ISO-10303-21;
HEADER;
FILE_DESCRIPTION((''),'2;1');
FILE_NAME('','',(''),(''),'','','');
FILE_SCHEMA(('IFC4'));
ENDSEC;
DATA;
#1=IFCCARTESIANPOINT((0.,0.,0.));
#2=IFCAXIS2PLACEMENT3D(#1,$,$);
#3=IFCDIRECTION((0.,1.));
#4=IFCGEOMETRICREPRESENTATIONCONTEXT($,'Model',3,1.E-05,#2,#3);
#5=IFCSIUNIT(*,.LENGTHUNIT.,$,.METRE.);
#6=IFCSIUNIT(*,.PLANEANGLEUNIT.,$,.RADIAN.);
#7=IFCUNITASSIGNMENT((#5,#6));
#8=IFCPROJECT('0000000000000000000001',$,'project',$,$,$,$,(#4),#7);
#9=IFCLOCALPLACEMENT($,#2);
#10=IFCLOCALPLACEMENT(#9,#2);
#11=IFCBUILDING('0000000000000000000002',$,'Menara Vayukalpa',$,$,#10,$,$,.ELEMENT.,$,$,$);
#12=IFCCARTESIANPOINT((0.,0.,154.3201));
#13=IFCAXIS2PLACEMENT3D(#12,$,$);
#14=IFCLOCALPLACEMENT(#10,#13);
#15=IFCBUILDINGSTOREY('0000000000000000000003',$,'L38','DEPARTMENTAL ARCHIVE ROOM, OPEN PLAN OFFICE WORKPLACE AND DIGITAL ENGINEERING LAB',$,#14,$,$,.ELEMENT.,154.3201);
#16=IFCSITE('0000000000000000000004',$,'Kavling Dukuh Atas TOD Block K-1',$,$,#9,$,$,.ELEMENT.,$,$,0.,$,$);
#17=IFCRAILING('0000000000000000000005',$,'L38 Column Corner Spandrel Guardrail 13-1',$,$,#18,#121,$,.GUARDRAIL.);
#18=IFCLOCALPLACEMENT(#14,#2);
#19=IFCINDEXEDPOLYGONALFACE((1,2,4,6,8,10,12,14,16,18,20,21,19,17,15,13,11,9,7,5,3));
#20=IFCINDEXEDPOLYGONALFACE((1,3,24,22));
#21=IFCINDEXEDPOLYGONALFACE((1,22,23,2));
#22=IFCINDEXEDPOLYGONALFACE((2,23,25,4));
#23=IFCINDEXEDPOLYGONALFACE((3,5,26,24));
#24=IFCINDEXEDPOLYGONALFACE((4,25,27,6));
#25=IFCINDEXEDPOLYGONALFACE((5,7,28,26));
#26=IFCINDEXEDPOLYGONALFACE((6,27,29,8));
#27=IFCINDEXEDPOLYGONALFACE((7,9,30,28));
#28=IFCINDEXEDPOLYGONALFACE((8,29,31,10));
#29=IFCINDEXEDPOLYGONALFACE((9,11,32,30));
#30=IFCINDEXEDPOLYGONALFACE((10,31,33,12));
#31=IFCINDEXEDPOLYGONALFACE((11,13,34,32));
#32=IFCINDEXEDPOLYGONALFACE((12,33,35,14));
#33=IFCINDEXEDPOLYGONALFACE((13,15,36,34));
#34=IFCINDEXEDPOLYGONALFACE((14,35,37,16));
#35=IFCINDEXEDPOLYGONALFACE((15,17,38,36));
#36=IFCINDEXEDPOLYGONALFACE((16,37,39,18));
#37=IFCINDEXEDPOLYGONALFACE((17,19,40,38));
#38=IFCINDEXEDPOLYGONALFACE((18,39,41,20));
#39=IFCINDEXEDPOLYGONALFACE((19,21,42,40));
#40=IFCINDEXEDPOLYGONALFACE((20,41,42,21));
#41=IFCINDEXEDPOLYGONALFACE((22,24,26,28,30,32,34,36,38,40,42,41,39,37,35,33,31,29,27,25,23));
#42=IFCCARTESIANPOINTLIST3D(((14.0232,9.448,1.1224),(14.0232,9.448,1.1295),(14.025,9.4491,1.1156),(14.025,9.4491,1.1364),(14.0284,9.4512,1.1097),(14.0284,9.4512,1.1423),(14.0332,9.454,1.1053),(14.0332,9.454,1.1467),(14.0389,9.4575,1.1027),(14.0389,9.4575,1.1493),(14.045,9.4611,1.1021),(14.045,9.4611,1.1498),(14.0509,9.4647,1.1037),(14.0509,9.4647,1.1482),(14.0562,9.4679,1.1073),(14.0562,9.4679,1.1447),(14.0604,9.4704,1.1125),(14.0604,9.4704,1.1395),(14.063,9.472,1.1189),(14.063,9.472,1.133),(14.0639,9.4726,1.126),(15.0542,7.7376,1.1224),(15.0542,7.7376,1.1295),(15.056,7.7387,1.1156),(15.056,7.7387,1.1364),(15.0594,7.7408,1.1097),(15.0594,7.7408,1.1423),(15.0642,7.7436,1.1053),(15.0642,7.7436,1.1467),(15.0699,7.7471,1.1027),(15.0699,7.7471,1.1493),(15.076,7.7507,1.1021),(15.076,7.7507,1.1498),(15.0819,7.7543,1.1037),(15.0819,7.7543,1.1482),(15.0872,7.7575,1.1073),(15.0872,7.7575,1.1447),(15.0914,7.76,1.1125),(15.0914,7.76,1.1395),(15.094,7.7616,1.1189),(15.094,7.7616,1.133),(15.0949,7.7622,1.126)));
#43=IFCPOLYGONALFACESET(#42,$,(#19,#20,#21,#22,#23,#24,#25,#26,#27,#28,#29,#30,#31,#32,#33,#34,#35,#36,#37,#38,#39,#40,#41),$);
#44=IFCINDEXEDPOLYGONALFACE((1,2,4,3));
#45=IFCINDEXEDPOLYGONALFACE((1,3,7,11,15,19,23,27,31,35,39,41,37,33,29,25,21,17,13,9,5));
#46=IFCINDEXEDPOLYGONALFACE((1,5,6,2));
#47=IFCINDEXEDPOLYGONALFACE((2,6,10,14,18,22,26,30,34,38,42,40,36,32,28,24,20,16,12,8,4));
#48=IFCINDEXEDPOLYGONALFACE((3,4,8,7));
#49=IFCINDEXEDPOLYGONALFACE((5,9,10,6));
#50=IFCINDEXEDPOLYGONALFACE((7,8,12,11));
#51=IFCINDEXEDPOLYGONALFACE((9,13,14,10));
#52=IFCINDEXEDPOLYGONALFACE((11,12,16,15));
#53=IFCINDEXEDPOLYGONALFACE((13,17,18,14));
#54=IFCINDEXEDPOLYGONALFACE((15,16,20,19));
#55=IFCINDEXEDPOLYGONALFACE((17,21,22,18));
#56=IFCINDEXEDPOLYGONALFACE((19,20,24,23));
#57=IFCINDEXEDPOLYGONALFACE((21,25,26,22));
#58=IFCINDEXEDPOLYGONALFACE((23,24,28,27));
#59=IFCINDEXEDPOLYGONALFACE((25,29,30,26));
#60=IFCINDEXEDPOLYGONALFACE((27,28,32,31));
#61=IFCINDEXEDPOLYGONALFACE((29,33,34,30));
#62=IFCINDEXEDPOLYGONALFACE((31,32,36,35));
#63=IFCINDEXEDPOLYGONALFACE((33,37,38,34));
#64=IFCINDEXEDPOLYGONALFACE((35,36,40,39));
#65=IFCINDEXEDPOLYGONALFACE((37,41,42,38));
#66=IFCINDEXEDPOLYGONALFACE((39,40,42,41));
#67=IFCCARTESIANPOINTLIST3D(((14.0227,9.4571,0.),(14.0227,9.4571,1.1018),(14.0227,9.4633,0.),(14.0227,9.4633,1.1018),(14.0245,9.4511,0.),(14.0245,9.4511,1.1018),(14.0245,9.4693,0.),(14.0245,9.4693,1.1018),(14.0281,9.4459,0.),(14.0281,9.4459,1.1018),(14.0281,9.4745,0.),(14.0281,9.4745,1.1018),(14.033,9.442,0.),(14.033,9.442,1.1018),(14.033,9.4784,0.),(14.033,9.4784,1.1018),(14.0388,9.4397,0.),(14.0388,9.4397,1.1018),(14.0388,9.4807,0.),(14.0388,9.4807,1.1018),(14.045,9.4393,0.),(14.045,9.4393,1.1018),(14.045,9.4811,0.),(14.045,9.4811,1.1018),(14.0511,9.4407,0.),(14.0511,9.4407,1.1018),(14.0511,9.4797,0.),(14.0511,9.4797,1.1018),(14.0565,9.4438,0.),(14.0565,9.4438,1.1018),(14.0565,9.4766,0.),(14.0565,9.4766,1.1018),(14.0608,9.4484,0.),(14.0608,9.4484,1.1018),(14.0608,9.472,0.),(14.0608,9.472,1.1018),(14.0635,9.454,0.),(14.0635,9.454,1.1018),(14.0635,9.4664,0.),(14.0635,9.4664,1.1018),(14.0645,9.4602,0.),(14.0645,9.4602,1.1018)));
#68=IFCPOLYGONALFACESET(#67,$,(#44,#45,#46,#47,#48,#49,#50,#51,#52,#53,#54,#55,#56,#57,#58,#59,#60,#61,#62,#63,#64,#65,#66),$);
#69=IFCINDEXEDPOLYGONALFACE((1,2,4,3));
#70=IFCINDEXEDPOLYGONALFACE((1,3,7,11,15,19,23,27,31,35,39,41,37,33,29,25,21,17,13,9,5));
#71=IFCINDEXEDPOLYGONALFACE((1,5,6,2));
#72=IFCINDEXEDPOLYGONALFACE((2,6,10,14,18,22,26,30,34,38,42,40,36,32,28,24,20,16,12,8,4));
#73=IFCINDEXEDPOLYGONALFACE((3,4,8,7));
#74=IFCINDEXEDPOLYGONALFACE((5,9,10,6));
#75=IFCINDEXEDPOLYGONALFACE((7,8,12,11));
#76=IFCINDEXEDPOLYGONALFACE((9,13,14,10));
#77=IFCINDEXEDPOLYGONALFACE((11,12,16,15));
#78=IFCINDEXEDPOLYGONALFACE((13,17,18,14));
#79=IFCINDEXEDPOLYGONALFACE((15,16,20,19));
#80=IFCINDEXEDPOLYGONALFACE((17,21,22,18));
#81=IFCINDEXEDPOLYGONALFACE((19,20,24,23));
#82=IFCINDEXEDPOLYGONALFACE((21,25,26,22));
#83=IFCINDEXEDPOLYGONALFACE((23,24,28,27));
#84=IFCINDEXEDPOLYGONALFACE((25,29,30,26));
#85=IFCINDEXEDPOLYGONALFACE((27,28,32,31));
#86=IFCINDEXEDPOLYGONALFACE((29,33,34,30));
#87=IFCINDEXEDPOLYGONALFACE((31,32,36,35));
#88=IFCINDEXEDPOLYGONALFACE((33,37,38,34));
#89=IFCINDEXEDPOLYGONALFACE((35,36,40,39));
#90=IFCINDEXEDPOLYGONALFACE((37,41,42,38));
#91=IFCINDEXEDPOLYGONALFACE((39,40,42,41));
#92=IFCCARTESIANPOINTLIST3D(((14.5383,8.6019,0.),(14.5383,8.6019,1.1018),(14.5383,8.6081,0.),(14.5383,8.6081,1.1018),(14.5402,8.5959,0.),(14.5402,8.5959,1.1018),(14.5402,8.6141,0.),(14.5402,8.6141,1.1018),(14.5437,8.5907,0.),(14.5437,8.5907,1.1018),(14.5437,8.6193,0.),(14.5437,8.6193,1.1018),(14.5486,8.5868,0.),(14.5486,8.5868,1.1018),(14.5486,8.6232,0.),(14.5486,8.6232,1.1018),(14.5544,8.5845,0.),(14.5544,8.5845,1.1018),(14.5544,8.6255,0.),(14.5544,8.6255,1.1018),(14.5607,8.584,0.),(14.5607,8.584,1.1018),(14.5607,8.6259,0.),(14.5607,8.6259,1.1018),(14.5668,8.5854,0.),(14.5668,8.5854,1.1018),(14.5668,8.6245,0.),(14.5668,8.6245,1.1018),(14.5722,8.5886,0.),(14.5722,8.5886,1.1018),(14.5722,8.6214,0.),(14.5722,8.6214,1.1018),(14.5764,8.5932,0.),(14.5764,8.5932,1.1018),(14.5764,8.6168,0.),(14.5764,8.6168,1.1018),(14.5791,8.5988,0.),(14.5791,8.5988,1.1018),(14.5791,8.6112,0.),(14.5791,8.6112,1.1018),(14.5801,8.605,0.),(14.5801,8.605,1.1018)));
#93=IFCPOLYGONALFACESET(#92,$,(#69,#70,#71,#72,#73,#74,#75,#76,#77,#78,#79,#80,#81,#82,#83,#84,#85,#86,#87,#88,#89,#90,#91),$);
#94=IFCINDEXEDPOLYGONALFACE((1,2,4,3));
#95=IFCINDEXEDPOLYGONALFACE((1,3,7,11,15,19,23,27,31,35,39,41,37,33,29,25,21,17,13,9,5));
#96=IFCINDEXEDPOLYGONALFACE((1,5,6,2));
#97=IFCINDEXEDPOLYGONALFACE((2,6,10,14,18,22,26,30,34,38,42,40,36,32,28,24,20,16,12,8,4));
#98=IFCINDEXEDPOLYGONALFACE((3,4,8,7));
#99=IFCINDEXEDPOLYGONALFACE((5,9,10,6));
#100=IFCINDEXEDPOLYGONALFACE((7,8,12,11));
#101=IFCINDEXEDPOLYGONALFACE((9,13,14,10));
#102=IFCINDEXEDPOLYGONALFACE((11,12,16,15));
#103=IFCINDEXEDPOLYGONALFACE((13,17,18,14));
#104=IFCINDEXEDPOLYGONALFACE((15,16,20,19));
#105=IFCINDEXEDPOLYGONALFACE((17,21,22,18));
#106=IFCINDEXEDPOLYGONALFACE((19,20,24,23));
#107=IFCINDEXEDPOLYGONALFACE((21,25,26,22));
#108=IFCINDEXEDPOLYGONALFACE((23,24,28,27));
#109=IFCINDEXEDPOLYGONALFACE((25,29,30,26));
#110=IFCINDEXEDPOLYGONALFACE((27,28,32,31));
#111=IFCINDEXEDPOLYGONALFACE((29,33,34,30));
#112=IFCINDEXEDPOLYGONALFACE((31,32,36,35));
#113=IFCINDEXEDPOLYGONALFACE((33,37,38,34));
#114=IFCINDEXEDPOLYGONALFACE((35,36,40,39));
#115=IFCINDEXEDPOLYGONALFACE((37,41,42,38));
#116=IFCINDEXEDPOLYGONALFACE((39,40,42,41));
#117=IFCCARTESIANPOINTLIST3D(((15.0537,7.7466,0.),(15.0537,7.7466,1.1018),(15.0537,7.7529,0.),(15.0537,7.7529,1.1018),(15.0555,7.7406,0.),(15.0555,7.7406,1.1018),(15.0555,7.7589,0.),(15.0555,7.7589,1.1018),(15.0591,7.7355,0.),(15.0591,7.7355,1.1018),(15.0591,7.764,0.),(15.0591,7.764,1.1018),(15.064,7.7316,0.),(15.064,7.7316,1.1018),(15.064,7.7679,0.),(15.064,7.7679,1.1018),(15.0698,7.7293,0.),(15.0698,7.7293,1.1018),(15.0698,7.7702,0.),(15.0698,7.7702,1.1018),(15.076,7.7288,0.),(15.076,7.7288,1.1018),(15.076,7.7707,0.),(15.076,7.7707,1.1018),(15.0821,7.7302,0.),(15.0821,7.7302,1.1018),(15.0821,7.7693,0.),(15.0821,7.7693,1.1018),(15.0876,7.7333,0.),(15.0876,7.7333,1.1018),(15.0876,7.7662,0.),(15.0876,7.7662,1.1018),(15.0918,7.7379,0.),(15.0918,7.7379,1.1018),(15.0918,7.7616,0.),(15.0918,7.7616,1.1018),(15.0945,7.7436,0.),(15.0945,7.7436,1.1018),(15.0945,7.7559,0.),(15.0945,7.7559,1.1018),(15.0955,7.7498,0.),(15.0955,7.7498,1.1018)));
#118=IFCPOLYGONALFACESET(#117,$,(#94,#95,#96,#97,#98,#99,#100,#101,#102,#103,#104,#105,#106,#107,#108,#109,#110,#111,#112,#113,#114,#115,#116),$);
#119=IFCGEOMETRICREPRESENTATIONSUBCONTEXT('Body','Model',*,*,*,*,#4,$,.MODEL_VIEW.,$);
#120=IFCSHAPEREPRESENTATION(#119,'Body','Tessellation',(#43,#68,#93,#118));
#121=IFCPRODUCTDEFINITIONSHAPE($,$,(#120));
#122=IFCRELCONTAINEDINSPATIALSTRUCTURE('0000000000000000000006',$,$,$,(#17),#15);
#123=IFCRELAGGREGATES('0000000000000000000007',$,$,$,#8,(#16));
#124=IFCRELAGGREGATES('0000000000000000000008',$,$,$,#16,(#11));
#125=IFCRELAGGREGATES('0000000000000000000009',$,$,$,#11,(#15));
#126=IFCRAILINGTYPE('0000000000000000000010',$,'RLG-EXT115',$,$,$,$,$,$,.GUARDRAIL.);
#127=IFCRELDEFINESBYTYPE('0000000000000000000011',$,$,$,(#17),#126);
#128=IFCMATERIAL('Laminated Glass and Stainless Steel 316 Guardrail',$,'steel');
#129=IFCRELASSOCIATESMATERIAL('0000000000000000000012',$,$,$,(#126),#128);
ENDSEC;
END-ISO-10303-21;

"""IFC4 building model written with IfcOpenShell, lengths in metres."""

from ifc_helpers import new_model, si_unit, direction, frame, origin, origin_2d, place, context, subcontext, project, spatial, circle, extrude, material, type_object, element, save


model = new_model("IFC4")

# Units and contexts
model_context = context("Model", 3, precision=1e-05, world=origin(), true_north=direction((0.0, 1.0)))
body_context = subcontext(model_context, "Body", "Model", "MODEL_VIEW")
ifc_project = project(units=[si_unit("LENGTHUNIT", "METRE"), si_unit("PLANEANGLEUNIT", "RADIAN")], contexts=[model_context])

# Site, building, storey
site_placement = place(None, origin())
site = spatial("IfcSite", under=ifc_project, at=site_placement, Name="Kavling Dukuh Atas TOD Block K-1", CompositionType="ELEMENT", RefElevation=0.0)
building_placement = place(site_placement, origin())
building = spatial("IfcBuilding", under=site, at=building_placement, Name="Menara Vayukalpa", CompositionType="ELEMENT")
storey_placement = place(building_placement, frame((0.0, 0.0, 154.3201)))
storey = spatial("IfcBuildingStorey", under=building, at=storey_placement, Name="L38", Description="DEPARTMENTAL ARCHIVE ROOM, OPEN PLAN OFFICE WORKPLACE AND DIGITAL ENGINEERING LAB", CompositionType="ELEMENT", Elevation=154.3201)

# Railing
ifc_material_1 = material(Name="Laminated Glass and Stainless Steel 316 Guardrail", Category="steel")
railing_type = type_object("IfcRailingType", Name="RLG-EXT115", PredefinedType="GUARDRAIL", material=ifc_material_1)
railing_1_placement = place(storey_placement, frame((14.0435, 9.4602, 0.0)))
element("IfcRailing", 1, at=railing_1_placement, inside=storey, type_object=railing_type, Name="L38 Column Corner Spandrel Guardrail 13-1", PredefinedType="GUARDRAIL", context=body_context, shape_type="SweptSolid", body=[
    extrude(circle(Radius=0.0239, at=origin_2d()), frame((0.0, 0.0, 1.126), z_axis=(0.516238, -0.856445, 0.0), x_axis=(0.856445, 0.516238, 0.0)), (0.0, 0.0, 1.0), 1.9971),
    extrude(circle(Radius=0.021, at=origin_2d()), origin(), (0.0, 0.0, 1.0), 1.1018),
    extrude(circle(Radius=0.021, at=origin_2d()), frame((0.5156, -0.8552, 0.0)), (0.0, 0.0, 1.0), 1.1018),
    extrude(circle(Radius=0.021, at=origin_2d()), frame((1.031, -1.7104, 0.0)), (0.0, 0.0, 1.0), 1.1018),
])

save(model, "model.ifc")
